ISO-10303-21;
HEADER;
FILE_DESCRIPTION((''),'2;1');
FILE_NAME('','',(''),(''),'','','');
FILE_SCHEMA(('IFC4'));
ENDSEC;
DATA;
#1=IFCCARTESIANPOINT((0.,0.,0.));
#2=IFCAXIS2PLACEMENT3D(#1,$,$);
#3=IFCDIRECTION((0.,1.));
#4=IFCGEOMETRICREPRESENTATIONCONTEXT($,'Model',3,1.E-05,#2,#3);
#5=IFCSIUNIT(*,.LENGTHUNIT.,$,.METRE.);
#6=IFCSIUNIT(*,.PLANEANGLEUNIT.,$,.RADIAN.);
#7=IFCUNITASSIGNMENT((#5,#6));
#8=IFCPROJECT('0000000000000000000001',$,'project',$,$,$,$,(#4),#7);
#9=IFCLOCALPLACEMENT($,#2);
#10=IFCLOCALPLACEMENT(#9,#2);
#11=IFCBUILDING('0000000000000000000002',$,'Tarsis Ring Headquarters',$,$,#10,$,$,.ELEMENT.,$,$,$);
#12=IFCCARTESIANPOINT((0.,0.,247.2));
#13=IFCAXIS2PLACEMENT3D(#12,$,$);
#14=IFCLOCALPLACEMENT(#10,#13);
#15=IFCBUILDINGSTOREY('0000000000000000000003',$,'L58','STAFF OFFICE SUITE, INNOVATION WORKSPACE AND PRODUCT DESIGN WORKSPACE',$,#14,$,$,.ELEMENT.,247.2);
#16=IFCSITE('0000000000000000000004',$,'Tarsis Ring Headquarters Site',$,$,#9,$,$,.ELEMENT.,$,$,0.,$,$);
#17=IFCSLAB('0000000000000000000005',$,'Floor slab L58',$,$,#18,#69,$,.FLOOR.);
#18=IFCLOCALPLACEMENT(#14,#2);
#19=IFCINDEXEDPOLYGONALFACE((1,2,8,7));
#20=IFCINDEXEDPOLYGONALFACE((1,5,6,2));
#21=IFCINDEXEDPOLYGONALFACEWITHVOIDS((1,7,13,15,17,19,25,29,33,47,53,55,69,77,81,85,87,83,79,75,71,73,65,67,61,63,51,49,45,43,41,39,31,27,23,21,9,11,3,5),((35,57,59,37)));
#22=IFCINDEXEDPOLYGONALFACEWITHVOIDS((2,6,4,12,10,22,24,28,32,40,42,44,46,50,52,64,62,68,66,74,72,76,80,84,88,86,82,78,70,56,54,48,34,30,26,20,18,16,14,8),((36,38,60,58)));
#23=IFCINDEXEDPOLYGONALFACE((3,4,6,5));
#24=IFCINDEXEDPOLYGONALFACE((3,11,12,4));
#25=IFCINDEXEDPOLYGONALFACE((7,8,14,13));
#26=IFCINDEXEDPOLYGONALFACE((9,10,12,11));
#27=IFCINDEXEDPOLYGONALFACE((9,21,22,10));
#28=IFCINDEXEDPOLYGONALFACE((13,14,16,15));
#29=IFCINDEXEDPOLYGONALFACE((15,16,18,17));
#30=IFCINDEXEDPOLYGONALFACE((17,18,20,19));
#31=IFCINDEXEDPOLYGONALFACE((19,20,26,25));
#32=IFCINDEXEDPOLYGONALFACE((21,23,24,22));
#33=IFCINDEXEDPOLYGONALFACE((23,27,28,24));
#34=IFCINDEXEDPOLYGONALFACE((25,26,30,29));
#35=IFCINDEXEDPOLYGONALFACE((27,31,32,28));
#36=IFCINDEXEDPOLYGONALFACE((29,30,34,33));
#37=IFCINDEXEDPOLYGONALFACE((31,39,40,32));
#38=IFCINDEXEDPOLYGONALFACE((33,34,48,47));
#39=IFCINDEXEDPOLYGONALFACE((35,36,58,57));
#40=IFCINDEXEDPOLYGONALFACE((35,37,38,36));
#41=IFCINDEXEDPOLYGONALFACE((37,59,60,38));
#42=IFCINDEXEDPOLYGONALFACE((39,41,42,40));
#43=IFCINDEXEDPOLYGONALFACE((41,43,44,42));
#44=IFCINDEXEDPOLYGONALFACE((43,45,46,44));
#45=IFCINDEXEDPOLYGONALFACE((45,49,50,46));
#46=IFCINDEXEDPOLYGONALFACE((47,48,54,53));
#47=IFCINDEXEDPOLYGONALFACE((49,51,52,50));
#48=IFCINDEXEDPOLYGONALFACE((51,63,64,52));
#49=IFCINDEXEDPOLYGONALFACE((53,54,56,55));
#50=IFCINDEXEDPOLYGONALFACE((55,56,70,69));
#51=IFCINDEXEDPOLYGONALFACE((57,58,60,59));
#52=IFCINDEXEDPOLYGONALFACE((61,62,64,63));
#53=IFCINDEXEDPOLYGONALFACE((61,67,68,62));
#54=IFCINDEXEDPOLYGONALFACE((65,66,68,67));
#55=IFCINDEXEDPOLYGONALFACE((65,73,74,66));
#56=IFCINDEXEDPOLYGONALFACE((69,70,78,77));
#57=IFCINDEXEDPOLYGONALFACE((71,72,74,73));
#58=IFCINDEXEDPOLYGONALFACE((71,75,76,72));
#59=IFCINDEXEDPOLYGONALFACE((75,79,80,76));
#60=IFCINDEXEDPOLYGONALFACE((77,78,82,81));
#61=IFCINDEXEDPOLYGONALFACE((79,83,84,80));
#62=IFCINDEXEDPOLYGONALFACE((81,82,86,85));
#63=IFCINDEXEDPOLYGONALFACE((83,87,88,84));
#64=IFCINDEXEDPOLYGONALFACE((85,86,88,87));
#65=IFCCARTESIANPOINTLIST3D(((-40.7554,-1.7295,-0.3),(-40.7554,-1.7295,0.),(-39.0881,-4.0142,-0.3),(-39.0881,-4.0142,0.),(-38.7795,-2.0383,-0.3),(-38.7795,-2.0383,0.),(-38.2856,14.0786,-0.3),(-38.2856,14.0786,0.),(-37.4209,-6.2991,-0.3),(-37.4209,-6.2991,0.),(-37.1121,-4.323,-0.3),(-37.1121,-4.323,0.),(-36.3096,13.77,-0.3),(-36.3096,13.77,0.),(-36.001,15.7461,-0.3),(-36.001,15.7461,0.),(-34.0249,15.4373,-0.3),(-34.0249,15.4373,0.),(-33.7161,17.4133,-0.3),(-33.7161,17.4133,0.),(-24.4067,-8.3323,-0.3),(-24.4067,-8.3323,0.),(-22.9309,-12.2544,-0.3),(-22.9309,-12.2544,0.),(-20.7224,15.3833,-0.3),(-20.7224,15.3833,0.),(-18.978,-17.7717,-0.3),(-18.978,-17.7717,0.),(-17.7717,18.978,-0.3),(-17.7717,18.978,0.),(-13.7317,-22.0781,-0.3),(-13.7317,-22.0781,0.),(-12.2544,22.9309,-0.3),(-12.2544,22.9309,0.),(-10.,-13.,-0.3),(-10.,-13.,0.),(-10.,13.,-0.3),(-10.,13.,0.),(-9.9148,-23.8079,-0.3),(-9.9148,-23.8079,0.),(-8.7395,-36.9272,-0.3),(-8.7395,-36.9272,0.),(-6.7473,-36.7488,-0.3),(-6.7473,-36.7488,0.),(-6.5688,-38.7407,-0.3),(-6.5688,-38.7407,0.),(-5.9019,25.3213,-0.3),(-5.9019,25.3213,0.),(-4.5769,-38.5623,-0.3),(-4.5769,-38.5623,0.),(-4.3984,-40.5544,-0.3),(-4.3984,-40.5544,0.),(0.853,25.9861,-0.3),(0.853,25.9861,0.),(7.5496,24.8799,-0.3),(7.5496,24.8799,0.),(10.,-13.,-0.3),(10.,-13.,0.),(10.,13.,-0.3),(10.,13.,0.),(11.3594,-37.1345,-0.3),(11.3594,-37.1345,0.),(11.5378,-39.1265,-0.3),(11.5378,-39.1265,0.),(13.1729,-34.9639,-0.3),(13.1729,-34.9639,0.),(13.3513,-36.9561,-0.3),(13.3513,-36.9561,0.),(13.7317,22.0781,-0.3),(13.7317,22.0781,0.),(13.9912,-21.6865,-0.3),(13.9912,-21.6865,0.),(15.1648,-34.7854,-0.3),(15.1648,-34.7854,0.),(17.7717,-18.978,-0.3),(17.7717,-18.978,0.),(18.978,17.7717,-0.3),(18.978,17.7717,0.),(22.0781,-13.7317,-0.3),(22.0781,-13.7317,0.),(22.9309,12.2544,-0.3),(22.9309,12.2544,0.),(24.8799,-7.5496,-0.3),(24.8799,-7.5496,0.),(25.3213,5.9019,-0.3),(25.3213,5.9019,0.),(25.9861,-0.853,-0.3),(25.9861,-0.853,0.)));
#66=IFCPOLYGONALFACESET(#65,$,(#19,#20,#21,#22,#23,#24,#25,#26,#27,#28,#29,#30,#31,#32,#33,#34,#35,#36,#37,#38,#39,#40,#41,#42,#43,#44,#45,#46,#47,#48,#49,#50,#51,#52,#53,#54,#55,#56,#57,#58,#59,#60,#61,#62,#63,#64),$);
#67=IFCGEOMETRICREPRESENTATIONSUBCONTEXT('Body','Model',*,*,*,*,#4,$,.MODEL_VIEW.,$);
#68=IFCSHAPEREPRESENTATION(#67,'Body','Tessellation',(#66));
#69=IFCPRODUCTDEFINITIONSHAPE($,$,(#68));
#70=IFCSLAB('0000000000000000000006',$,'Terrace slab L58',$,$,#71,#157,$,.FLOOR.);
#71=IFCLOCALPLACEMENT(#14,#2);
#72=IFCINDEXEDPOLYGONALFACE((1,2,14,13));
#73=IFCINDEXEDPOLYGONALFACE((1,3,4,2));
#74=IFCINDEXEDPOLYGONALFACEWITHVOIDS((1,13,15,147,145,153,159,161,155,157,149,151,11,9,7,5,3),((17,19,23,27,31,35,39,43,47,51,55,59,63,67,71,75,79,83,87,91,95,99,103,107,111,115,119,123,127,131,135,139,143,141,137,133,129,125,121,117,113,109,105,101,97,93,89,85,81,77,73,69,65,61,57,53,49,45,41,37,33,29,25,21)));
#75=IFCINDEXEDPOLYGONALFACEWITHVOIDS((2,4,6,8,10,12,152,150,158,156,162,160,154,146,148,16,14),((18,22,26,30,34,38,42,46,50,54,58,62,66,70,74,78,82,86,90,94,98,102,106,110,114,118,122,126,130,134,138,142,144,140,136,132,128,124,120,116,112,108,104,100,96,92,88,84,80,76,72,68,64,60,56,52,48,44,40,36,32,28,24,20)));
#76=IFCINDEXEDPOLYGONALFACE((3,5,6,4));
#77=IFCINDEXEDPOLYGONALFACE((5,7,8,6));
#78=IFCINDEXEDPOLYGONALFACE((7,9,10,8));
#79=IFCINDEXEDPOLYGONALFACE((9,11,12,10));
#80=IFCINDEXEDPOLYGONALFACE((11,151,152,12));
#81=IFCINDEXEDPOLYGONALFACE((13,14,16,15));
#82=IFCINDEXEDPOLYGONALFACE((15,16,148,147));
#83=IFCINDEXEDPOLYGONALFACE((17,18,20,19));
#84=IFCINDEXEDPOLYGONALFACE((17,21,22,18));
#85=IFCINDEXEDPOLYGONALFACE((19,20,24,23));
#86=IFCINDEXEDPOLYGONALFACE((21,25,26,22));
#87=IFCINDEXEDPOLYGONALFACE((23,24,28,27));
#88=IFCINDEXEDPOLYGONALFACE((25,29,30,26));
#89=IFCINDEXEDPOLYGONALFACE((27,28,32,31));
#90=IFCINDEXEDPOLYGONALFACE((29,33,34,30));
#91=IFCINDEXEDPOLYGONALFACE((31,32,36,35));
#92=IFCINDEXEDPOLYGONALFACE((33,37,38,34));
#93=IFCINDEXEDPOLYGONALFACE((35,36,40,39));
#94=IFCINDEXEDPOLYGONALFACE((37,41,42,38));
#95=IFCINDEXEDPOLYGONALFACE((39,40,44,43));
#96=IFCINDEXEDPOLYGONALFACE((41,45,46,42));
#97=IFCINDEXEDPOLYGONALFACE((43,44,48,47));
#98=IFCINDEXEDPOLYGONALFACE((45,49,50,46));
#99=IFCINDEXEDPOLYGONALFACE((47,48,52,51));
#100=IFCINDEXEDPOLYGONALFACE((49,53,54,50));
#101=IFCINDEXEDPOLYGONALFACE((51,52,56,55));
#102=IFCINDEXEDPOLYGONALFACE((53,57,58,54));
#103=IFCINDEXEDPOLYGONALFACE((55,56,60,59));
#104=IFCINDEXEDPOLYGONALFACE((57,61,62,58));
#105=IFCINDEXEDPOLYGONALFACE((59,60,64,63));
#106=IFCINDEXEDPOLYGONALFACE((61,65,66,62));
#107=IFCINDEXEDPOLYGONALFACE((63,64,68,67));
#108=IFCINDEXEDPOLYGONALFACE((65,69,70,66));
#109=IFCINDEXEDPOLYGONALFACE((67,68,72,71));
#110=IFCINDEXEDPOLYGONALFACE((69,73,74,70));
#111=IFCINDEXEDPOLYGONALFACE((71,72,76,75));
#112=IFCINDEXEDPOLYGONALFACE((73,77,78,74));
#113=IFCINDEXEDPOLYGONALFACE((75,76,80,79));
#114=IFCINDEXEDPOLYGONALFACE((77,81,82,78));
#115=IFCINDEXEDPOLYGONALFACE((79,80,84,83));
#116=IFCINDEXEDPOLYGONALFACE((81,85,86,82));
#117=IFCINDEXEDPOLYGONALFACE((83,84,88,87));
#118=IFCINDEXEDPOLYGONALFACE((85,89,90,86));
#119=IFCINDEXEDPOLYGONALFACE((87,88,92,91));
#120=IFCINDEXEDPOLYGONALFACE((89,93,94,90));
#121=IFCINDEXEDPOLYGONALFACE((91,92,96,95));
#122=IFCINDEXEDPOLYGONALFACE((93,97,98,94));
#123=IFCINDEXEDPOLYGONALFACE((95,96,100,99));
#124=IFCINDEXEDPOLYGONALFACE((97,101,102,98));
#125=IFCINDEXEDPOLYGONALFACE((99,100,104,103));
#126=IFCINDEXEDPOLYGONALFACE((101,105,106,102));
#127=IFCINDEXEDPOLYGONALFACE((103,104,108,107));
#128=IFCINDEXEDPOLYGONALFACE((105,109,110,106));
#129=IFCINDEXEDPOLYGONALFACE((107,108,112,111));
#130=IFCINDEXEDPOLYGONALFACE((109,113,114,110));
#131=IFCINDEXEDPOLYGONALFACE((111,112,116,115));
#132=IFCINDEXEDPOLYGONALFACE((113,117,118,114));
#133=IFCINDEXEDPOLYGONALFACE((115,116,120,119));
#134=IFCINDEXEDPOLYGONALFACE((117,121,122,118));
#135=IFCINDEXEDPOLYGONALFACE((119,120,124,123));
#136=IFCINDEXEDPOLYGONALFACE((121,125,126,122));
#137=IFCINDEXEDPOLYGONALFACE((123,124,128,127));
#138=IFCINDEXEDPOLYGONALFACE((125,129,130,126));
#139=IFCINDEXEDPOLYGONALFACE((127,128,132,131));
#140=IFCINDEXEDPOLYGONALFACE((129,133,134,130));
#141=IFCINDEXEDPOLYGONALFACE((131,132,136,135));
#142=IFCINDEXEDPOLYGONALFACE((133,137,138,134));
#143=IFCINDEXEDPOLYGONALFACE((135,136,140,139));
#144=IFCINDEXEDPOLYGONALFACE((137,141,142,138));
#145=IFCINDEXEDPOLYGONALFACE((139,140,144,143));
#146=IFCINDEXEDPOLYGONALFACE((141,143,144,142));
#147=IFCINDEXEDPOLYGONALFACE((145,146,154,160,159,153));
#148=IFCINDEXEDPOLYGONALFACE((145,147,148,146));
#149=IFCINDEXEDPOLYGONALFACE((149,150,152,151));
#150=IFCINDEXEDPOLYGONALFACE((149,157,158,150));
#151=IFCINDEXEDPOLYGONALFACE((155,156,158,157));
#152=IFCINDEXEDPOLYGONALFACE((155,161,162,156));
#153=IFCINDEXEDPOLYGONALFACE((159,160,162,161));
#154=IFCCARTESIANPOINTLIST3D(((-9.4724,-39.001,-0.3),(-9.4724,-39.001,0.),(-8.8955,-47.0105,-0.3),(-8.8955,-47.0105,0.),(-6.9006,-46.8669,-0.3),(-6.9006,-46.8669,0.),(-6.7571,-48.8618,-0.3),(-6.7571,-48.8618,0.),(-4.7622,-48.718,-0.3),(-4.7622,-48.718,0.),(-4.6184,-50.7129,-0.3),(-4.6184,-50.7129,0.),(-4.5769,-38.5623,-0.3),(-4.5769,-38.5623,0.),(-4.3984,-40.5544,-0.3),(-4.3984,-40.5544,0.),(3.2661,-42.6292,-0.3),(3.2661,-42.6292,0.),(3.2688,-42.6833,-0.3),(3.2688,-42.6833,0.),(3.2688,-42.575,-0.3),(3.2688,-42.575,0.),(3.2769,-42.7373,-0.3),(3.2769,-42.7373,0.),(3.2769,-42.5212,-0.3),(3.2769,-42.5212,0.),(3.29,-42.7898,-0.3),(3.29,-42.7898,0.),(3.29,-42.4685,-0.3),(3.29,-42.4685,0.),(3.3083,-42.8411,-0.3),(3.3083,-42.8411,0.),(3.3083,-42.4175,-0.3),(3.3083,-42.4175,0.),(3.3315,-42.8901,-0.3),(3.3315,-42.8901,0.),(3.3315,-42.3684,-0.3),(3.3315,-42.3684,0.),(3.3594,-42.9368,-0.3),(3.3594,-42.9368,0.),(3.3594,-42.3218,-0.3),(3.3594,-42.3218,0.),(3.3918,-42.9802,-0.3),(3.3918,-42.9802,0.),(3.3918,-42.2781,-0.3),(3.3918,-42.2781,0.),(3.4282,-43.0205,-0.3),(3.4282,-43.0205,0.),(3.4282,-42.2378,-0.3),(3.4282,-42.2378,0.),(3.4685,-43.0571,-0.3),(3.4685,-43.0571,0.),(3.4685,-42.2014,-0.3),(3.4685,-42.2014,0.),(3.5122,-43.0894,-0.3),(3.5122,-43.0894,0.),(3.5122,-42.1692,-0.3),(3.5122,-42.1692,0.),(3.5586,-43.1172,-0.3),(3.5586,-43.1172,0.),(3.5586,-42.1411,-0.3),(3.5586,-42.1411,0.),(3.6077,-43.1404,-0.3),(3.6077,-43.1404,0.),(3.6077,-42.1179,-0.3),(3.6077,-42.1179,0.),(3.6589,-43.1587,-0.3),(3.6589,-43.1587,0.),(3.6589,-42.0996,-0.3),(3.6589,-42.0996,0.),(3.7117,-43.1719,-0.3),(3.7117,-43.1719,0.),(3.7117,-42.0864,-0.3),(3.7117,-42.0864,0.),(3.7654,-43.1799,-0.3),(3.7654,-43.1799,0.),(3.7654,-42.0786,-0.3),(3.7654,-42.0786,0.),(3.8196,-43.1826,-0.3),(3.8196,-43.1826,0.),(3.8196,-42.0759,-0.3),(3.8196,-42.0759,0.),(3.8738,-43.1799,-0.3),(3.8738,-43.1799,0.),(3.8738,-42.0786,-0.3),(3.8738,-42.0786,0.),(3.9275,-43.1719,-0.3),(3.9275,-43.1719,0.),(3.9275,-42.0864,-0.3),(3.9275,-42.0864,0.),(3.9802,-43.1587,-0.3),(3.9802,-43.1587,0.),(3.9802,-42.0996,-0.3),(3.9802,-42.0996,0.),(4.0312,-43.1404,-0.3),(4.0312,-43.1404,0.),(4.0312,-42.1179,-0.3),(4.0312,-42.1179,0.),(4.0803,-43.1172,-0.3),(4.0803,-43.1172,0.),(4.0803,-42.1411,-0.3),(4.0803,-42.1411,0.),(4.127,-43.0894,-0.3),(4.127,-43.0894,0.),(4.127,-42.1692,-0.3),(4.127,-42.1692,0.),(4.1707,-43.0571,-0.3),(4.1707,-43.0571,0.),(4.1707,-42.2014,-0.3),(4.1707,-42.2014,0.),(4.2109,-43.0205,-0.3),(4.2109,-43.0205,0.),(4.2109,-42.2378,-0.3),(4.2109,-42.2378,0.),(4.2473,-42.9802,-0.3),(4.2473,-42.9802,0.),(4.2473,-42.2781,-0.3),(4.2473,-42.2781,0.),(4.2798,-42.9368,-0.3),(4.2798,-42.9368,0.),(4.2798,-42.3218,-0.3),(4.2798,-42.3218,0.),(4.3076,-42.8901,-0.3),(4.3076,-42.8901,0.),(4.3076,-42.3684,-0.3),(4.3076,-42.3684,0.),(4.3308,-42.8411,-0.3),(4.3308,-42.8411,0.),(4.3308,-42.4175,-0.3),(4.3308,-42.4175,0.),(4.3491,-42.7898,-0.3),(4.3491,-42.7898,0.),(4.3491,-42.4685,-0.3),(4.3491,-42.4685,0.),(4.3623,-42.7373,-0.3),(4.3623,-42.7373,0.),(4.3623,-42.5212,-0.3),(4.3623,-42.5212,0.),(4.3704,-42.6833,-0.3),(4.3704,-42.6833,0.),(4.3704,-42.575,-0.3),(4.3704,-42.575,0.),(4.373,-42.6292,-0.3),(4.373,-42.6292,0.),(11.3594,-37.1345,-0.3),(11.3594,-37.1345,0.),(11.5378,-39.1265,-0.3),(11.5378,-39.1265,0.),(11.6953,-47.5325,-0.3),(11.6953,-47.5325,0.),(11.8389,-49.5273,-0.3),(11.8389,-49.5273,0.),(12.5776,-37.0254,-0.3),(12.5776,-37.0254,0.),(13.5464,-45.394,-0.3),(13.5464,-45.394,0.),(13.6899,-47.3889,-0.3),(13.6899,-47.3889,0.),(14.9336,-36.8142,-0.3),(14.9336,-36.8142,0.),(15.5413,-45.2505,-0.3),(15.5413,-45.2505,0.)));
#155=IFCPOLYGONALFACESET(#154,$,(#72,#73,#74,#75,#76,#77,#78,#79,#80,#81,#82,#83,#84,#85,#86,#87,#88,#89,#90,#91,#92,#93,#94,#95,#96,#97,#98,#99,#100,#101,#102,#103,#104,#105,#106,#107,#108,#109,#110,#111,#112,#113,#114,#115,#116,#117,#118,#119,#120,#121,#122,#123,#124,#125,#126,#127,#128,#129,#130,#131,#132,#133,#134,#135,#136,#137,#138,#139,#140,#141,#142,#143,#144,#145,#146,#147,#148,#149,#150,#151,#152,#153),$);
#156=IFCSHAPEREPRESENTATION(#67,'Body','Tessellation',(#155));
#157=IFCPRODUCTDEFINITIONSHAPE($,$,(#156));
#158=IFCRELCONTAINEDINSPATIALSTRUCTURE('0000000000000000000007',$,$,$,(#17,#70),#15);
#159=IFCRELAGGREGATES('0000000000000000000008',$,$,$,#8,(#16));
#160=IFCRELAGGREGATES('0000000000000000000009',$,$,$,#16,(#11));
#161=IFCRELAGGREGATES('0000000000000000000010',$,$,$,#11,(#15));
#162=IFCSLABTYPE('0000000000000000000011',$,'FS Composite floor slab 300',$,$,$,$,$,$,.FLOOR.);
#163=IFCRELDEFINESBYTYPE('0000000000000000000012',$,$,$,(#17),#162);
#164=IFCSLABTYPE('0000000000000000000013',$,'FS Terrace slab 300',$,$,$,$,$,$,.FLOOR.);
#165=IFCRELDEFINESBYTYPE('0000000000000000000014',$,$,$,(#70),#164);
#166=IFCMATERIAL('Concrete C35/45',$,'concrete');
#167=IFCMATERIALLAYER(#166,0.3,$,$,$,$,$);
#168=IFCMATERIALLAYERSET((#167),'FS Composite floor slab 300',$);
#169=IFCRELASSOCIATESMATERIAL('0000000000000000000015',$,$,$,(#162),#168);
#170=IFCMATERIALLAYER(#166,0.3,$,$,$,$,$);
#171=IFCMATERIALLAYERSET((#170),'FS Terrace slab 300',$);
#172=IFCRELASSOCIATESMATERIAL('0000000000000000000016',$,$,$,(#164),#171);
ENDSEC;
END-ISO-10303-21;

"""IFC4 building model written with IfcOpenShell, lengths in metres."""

from ifc_helpers import new_model, si_unit, direction, frame, origin, place, context, subcontext, project, spatial, polyline, outline, extrude, material, layer, layer_set, type_object, element, save


model = new_model("IFC4")

# Units and contexts
model_context = context("Model", 3, precision=1e-05, world=origin(), true_north=direction((0.0, 1.0)))
body_context = subcontext(model_context, "Body", "Model", "MODEL_VIEW")
ifc_project = project(units=[si_unit("LENGTHUNIT", "METRE"), si_unit("PLANEANGLEUNIT", "RADIAN")], contexts=[model_context])

# Site, building, storey
site_placement = place(None, origin())
site = spatial("IfcSite", under=ifc_project, at=site_placement, Name="Tarsis Ring Headquarters Site", CompositionType="ELEMENT", RefElevation=0.0)
building_placement = place(site_placement, origin())
building = spatial("IfcBuilding", under=site, at=building_placement, Name="Tarsis Ring Headquarters", CompositionType="ELEMENT")
storey_placement = place(building_placement, frame((0.0, 0.0, 247.2)))
storey = spatial("IfcBuildingStorey", under=building, at=storey_placement, Name="L58", Description="STAFF OFFICE SUITE, INNOVATION WORKSPACE AND PRODUCT DESIGN WORKSPACE", CompositionType="ELEMENT", Elevation=247.2)

# Slabs
ifc_material_1 = material(Name="Concrete C35/45", Category="concrete")
ifc_layer_1 = layer(ifc_material_1, 0.3)
ifc_layer_set_1 = layer_set([ifc_layer_1], Name="FS Composite floor slab 300")
slab_type_1 = type_object("IfcSlabType", Name="FS Composite floor slab 300", PredefinedType="FLOOR", material=ifc_layer_set_1)
slab_1_placement = place(storey_placement, frame((0.0, 0.0, -0.3)))
element("IfcSlab", 1, at=slab_1_placement, inside=storey, type_object=slab_type_1, Name="Floor slab L58", PredefinedType="FLOOR", context=body_context, shape_type="SweptSolid", body=[
    extrude(outline(polyline([(-24.4067, -8.3323), (-22.9309, -12.2544), (-18.978, -17.7717), (-13.7317, -22.0781), (-9.9148, -23.8079), (-8.7395, -36.9272), (-6.7473, -36.7488), (-6.5688, -38.7407), (-4.5769, -38.5623), (-4.3984, -40.5544), (11.5378, -39.1265), (11.3594, -37.1345), (13.3513, -36.9561), (13.1729, -34.9639), (15.1648, -34.7854), (13.9912, -21.6865), (17.7717, -18.978), (22.0781, -13.7317), (24.8799, -7.5496), (25.9861, -0.853), (25.3213, 5.9019), (22.9309, 12.2544), (18.978, 17.7717), (13.7317, 22.0781), (7.5496, 24.8799), (0.853, 25.9861), (-5.9019, 25.3213), (-12.2544, 22.9309), (-17.7717, 18.978), (-20.7224, 15.3833), (-33.7161, 17.4133), (-34.0249, 15.4373), (-36.001, 15.7461), (-36.3096, 13.77), (-38.2856, 14.0786), (-40.7554, -1.7295), (-38.7795, -2.0383), (-39.0881, -4.0142), (-37.1121, -4.323), (-37.4209, -6.2991), (-24.4067, -8.3323)]), holes=[polyline([(-10.0, -13.0), (-10.0, 13.0), (10.0, 13.0), (10.0, -13.0), (-10.0, -13.0)])]), origin(), (0.0, 0.0, 1.0), 0.3),
])
ifc_layer_2 = layer(ifc_material_1, 0.3)
ifc_layer_set_2 = layer_set([ifc_layer_2], Name="FS Terrace slab 300")
slab_type_2 = type_object("IfcSlabType", Name="FS Terrace slab 300", PredefinedType="FLOOR", material=ifc_layer_set_2)
slab_2_placement = place(storey_placement, frame((0.0, 0.0, -0.3)))
element("IfcSlab", 2, at=slab_2_placement, inside=storey, type_object=slab_type_2, Name="Terrace slab L58", PredefinedType="FLOOR", context=body_context, shape_type="SweptSolid", body=[
    extrude(outline(polyline([(-4.5769, -38.5623), (-9.4724, -39.001), (-8.8955, -47.0105), (-6.9006, -46.8669), (-6.7571, -48.8618), (-4.7622, -48.718), (-4.6184, -50.7129), (11.8389, -49.5273), (11.6953, -47.5325), (13.6899, -47.3889), (13.5464, -45.394), (15.5413, -45.2505), (14.9336, -36.8142), (12.5776, -37.0254), (11.3594, -37.1345), (11.5378, -39.1265), (-4.3984, -40.5544), (-4.5769, -38.5623)]), holes=[polyline([(4.3076, -42.8901), (4.2798, -42.9368), (4.2473, -42.9802), (4.2109, -43.0205), (4.1707, -43.0571), (4.127, -43.0894), (4.0803, -43.1172), (4.0312, -43.1404), (3.9802, -43.1587), (3.9275, -43.1719), (3.8738, -43.1799), (3.8196, -43.1826), (3.7654, -43.1799), (3.7117, -43.1719), (3.6589, -43.1587), (3.6077, -43.1404), (3.5586, -43.1172), (3.5122, -43.0894), (3.4685, -43.0571), (3.4282, -43.0205), (3.3918, -42.9802), (3.3594, -42.9368), (3.3315, -42.8901), (3.3083, -42.8411), (3.29, -42.7898), (3.2769, -42.7373), (3.2688, -42.6833), (3.2661, -42.6292), (3.2688, -42.575), (3.2769, -42.5212), (3.29, -42.4685), (3.3083, -42.4175), (3.3315, -42.3684), (3.3594, -42.3218), (3.3918, -42.2781), (3.4282, -42.2378), (3.4685, -42.2014), (3.5122, -42.1692), (3.5586, -42.1411), (3.6077, -42.1179), (3.6589, -42.0996), (3.7117, -42.0864), (3.7654, -42.0786), (3.8196, -42.0759), (3.8738, -42.0786), (3.9275, -42.0864), (3.9802, -42.0996), (4.0312, -42.1179), (4.0803, -42.1411), (4.127, -42.1692), (4.1707, -42.2014), (4.2109, -42.2378), (4.2473, -42.2781), (4.2798, -42.3218), (4.3076, -42.3684), (4.3308, -42.4175), (4.3491, -42.4685), (4.3623, -42.5212), (4.3704, -42.575), (4.373, -42.6292), (4.3704, -42.6833), (4.3623, -42.7373), (4.3491, -42.7898), (4.3308, -42.8411), (4.3076, -42.8901)])]), origin(), (0.0, 0.0, 1.0), 0.3),
])

save(model, "model.ifc")
